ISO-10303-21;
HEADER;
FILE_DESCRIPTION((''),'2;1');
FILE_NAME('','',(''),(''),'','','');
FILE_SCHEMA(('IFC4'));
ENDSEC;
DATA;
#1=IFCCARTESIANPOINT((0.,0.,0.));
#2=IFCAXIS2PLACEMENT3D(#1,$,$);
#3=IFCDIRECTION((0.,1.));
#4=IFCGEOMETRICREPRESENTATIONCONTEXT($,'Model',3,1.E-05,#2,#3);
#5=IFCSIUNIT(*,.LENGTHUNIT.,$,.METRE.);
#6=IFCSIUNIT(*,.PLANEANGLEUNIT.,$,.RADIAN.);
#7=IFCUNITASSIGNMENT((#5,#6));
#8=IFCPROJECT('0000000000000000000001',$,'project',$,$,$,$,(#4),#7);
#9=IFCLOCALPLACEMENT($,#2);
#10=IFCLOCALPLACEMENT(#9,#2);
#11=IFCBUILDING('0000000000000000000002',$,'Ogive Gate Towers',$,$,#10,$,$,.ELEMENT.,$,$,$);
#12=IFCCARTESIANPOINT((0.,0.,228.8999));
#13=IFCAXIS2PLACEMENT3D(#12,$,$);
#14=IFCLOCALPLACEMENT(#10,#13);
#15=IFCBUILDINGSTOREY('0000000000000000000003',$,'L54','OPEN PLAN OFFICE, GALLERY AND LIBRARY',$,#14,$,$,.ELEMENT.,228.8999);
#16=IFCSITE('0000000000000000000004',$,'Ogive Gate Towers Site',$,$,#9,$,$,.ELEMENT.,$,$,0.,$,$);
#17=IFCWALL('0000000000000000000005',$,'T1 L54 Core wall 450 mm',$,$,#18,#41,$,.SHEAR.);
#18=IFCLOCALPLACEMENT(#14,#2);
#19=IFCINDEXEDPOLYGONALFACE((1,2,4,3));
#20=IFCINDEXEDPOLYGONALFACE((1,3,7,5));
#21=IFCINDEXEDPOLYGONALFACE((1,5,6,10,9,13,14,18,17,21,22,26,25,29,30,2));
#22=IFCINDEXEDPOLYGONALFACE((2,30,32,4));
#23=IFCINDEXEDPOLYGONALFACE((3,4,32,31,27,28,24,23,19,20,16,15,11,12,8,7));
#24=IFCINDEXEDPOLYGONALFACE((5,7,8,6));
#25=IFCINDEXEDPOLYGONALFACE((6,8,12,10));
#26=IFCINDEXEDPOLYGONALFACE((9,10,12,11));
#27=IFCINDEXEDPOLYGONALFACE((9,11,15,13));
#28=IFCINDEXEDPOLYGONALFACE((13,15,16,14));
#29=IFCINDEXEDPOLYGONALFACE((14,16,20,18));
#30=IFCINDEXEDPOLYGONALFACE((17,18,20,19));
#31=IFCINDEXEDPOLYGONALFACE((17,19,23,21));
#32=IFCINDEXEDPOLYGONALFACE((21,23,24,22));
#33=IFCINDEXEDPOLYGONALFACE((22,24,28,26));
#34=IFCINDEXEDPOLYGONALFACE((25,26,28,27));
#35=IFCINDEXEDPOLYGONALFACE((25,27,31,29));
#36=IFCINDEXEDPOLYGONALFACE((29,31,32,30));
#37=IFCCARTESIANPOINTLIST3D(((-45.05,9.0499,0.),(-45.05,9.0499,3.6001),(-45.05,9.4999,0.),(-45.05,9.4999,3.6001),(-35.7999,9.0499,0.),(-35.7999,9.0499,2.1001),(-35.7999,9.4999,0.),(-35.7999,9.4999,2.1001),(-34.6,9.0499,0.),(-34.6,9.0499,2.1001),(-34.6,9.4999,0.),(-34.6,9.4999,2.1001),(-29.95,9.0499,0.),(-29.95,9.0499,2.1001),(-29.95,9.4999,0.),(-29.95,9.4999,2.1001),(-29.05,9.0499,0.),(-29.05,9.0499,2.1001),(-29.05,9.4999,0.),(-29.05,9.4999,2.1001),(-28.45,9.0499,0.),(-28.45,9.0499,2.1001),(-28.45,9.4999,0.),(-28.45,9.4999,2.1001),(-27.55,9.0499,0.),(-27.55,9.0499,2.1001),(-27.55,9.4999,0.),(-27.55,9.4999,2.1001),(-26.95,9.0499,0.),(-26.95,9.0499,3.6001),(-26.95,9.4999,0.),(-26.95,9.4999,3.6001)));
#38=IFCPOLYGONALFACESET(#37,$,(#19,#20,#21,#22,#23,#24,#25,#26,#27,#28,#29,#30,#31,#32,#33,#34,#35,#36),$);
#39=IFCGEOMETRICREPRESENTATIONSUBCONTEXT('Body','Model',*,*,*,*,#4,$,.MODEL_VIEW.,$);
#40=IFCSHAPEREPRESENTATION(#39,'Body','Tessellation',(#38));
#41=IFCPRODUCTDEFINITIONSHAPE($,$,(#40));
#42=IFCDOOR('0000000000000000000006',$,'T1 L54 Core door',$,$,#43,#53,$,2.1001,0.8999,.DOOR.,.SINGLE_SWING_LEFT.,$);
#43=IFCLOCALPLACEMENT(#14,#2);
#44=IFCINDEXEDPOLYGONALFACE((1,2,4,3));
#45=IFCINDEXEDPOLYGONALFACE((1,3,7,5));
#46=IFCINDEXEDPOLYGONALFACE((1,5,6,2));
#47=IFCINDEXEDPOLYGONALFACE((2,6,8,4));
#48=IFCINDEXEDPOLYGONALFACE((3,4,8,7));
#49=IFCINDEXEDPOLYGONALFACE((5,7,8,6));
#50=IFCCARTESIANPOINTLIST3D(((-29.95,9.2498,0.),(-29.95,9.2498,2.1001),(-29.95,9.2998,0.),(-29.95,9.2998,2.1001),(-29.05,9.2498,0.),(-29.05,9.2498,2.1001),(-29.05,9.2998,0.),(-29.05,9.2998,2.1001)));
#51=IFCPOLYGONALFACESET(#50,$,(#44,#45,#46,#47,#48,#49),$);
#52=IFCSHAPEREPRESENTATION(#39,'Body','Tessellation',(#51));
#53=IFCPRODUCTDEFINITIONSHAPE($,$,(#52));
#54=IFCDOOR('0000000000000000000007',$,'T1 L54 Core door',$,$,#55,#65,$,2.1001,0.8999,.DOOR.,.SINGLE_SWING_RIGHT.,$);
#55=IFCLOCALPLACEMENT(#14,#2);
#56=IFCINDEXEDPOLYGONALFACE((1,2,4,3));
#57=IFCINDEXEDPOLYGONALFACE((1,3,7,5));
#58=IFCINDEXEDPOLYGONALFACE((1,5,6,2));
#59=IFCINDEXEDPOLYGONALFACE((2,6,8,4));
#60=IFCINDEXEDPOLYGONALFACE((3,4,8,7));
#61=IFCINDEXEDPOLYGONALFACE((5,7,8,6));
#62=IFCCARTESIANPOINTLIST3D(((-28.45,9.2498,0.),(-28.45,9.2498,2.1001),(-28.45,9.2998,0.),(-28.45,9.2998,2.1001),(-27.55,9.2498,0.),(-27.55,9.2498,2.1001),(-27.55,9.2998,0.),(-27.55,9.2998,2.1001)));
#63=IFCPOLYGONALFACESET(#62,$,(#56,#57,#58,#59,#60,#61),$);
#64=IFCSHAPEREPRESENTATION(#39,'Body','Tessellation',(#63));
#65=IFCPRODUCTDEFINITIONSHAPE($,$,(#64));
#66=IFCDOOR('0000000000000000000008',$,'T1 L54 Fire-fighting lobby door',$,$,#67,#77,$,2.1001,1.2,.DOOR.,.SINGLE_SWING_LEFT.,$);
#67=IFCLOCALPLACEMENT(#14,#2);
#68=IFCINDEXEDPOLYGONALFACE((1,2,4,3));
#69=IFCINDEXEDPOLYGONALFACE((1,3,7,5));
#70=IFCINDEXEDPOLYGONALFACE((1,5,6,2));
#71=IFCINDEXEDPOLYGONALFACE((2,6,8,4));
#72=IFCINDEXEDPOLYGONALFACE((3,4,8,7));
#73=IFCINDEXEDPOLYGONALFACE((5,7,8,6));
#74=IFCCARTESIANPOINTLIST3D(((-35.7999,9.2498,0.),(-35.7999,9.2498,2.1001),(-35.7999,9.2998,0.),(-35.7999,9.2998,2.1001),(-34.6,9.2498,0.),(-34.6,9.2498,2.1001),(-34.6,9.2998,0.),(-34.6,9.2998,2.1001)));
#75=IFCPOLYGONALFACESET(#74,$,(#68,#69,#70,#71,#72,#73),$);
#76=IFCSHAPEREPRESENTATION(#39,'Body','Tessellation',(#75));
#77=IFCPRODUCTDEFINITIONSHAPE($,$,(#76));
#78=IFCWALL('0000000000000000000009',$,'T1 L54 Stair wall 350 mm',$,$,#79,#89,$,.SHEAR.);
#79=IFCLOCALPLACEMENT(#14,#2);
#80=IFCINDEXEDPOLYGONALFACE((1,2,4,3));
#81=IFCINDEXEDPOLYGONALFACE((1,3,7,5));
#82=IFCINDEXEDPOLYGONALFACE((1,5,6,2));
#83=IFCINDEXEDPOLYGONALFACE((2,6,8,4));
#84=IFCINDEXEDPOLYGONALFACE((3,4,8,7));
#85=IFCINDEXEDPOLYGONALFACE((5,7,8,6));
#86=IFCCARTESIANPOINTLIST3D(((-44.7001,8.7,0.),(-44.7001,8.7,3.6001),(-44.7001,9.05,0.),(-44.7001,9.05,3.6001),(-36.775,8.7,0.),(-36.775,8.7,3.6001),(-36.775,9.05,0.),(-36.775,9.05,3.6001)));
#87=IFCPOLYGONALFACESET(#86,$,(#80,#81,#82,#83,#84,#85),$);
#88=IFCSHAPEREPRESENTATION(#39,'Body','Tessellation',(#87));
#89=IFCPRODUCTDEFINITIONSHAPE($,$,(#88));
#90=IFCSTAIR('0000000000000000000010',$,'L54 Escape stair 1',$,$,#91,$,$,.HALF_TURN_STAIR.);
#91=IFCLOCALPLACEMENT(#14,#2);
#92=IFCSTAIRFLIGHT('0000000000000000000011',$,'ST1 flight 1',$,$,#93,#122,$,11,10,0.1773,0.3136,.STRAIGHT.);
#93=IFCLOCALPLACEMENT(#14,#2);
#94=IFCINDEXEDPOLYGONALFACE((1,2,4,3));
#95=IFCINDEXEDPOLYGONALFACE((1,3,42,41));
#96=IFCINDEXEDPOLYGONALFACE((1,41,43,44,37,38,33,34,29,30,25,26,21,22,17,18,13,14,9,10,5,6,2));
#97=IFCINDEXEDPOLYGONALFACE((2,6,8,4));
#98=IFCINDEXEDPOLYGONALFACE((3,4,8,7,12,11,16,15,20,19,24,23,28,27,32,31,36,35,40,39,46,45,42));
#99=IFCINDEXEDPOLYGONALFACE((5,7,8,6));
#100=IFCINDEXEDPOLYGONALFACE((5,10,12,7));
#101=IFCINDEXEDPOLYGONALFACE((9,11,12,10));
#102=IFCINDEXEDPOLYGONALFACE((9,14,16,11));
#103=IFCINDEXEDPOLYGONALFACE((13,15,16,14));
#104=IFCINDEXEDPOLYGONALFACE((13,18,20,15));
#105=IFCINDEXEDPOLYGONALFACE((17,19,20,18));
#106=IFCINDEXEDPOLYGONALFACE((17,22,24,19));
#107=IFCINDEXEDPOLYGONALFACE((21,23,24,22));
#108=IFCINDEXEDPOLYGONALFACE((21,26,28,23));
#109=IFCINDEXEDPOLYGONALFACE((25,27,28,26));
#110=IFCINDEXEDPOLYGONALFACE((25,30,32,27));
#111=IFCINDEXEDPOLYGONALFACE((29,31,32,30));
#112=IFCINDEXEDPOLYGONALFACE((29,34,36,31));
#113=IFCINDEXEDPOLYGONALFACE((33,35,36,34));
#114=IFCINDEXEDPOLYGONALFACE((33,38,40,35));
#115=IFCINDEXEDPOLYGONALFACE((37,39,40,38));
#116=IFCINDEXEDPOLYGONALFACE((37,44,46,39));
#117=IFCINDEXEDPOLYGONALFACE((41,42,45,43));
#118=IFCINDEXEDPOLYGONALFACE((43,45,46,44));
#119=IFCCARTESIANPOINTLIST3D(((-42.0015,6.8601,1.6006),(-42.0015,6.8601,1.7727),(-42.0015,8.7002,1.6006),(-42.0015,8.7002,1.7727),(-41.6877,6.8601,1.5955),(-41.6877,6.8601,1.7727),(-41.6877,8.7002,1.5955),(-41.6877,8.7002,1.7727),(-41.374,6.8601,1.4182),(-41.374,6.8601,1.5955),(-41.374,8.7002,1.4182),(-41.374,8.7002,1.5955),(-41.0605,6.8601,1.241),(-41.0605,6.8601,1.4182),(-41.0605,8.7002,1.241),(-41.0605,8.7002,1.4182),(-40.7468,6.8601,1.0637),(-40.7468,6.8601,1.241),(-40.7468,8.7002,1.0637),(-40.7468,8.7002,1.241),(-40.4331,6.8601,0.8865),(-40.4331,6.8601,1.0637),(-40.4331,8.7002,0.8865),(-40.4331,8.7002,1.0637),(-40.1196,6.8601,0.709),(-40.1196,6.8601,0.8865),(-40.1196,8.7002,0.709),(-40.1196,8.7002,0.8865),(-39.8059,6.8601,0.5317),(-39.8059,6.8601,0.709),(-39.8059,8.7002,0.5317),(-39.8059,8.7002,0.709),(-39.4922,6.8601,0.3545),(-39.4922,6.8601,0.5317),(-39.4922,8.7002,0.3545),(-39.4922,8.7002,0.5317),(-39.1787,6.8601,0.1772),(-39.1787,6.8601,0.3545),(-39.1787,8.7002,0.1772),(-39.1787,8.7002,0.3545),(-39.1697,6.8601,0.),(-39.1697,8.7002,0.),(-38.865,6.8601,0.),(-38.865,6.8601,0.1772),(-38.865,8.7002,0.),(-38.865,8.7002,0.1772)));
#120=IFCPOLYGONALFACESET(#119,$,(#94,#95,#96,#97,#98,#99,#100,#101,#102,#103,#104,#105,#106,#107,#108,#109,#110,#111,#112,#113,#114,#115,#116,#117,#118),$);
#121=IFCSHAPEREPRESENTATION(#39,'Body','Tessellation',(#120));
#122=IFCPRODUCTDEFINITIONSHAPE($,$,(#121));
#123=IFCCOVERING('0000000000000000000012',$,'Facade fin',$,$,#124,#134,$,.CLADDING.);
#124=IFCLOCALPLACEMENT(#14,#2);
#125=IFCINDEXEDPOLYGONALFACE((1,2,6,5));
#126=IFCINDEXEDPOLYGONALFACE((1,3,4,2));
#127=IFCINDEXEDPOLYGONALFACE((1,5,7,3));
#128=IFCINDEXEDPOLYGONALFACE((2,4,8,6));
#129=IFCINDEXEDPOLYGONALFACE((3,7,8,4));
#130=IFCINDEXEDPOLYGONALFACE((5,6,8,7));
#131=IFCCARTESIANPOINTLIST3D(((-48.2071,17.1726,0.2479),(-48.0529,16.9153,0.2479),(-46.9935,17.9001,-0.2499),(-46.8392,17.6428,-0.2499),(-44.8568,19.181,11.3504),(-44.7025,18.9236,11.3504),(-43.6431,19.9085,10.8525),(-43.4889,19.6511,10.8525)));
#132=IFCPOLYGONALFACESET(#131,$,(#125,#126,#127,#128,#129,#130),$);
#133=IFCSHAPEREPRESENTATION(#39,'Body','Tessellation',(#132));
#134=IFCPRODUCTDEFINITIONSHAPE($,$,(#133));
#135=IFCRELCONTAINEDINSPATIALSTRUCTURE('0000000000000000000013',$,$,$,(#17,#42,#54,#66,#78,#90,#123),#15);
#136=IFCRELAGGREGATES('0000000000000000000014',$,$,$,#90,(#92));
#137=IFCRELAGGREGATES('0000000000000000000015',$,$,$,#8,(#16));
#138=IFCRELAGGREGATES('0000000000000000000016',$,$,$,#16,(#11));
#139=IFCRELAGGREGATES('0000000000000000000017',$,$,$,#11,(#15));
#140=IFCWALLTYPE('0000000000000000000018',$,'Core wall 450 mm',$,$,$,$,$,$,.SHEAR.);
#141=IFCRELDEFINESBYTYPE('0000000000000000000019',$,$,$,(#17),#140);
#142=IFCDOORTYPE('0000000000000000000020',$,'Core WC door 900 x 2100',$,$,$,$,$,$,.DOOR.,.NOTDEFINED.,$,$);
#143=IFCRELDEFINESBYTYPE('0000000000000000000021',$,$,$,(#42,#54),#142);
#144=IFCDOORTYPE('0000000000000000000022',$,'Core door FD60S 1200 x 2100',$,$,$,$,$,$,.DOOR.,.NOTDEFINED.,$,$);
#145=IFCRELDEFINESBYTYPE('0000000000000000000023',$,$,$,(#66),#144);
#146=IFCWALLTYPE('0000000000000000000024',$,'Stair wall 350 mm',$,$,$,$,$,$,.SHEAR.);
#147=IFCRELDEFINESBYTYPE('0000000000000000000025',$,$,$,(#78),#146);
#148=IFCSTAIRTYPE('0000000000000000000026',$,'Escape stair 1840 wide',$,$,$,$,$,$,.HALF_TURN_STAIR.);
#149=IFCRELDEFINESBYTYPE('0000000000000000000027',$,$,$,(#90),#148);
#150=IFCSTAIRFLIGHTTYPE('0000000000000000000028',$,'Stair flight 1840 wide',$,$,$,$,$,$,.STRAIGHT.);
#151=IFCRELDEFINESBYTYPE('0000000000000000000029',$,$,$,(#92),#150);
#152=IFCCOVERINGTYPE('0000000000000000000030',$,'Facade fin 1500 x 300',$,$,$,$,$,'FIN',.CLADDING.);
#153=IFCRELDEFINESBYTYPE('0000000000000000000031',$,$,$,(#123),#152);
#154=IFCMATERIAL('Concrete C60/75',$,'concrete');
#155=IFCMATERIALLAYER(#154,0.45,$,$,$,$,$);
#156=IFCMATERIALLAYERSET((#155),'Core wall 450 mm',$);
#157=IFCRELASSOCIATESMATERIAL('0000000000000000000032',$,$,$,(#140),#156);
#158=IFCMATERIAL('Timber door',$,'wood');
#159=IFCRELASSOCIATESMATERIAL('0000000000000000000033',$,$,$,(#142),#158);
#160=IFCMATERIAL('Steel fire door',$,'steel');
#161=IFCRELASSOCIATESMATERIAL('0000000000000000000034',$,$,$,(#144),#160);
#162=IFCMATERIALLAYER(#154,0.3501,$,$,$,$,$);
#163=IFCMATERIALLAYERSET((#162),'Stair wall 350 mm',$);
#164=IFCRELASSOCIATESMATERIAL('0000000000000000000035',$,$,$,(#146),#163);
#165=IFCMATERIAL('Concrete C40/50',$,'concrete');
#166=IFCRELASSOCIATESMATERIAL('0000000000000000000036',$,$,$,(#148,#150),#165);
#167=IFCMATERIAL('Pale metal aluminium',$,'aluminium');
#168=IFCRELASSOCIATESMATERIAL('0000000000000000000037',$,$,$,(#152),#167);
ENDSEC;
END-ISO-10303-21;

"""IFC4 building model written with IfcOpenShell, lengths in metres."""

from ifc_helpers import new_model, si_unit, direction, frame, frame_2d, origin, origin_2d, place, context, subcontext, project, spatial, polyline, rectangle, outline, extrude, material, layer, layer_set, material_profile, profile_set, type_object, element, fill, aggregate, save


model = new_model("IFC4")

# Units and contexts
model_context = context("Model", 3, precision=1e-05, world=origin(), true_north=direction((0.0, 1.0)))
body_context = subcontext(model_context, "Body", "Model", "MODEL_VIEW")
ifc_project = project(units=[si_unit("LENGTHUNIT", "METRE"), si_unit("PLANEANGLEUNIT", "RADIAN")], contexts=[model_context])

# Site, building, storey
site_placement = place(None, origin())
site = spatial("IfcSite", under=ifc_project, at=site_placement, Name="Ogive Gate Towers Site", CompositionType="ELEMENT", RefElevation=0.0)
building_placement = place(site_placement, origin())
building = spatial("IfcBuilding", under=site, at=building_placement, Name="Ogive Gate Towers", CompositionType="ELEMENT")
storey_placement = place(building_placement, frame((0.0, 0.0, 228.8999)))
storey = spatial("IfcBuildingStorey", under=building, at=storey_placement, Name="L54", Description="OPEN PLAN OFFICE, GALLERY AND LIBRARY", CompositionType="ELEMENT", Elevation=228.8999)

# Shared definitions
ifc_material_1 = material(Name="Pale metal aluminium", Category="aluminium")

# Wall, openings, doors
ifc_material_2 = material(Name="Concrete C60/75", Category="concrete")
ifc_layer_1 = layer(ifc_material_2, 0.45)
ifc_layer_set_1 = layer_set([ifc_layer_1], Name="Core wall 450 mm")
wall_type_1 = type_object("IfcWallType", Name="Core wall 450 mm", PredefinedType="SHEAR", material=ifc_layer_set_1)
wall_1_placement = place(storey_placement, frame((-45.05, 9.2749, 0.0), z_axis=(0.0, 0.0, 1.0), x_axis=(1.0, 0.0, 0.0)))
wall_1 = element("IfcWall", 1, at=wall_1_placement, inside=storey, type_object=wall_type_1, Name="T1 L54 Core wall 450 mm", PredefinedType="SHEAR", context=body_context, shape_type="SweptSolid", body=[
    extrude(rectangle(XDim=18.1001, YDim=0.45, at=frame_2d((9.05, 0.0))), origin(), (0.0, 0.0, 1.0), 3.6001),
])
opening_1_placement = place(wall_1_placement, frame((9.25, 0.0, 0.0)))
opening_1 = element("IfcOpeningElement", 2, at=opening_1_placement, cuts=wall_1, PredefinedType="OPENING", context=body_context, shape_type="SweptSolid", body=[
    extrude(rectangle(XDim=1.2, YDim=2.1001, at=frame_2d((0.6001, 1.05))), frame((0.0, 0.2349, 0.0), z_axis=(0.0, -1.0, 0.0), x_axis=(1.0, 0.0, 0.0)), (0.0, 0.0, 1.0), 0.47),
])
opening_2_placement = place(wall_1_placement, frame((15.1001, 0.0, 0.0)))
opening_2 = element("IfcOpeningElement", 3, at=opening_2_placement, cuts=wall_1, PredefinedType="OPENING", context=body_context, shape_type="SweptSolid", body=[
    extrude(rectangle(XDim=0.8999, YDim=2.1001, at=frame_2d((0.45, 1.05))), frame((0.0, 0.2349, 0.0), z_axis=(0.0, -1.0, 0.0), x_axis=(1.0, 0.0, 0.0)), (0.0, 0.0, 1.0), 0.47),
])
opening_3_placement = place(wall_1_placement, frame((16.6001, 0.0, 0.0)))
opening_3 = element("IfcOpeningElement", 4, at=opening_3_placement, cuts=wall_1, PredefinedType="OPENING", context=body_context, shape_type="SweptSolid", body=[
    extrude(rectangle(XDim=0.8999, YDim=2.1001, at=frame_2d((0.45, 1.05))), frame((0.0, 0.2349, 0.0), z_axis=(0.0, -1.0, 0.0), x_axis=(1.0, 0.0, 0.0)), (0.0, 0.0, 1.0), 0.47),
])
ifc_material_3 = material(Name="Timber door", Category="wood")
door_type_1 = type_object("IfcDoorType", Name="Core WC door 900 x 2100", OperationType="NOTDEFINED", PredefinedType="DOOR", material=ifc_material_3)
door_1_placement = place(opening_2_placement, origin())
door_1 = element("IfcDoor", 5, at=door_1_placement, inside=storey, type_object=door_type_1, Name="T1 L54 Core door", OperationType="SINGLE_SWING_LEFT", OverallHeight=2.1001, OverallWidth=0.8999, PredefinedType="DOOR", context=body_context, shape_type="SweptSolid", body=[
    extrude(rectangle(XDim=0.8999, YDim=2.1001, at=frame_2d((0.45, 1.05))), frame((0.0, 0.0249, 0.0), z_axis=(0.0, -1.0, 0.0), x_axis=(1.0, 0.0, 0.0)), (0.0, 0.0, 1.0), 0.05),
])
fill(opening_2, door_1)
door_2_placement = place(opening_3_placement, origin())
door_2 = element("IfcDoor", 6, at=door_2_placement, inside=storey, type_object=door_type_1, Name="T1 L54 Core door", OperationType="SINGLE_SWING_RIGHT", OverallHeight=2.1001, OverallWidth=0.8999, PredefinedType="DOOR", context=body_context, shape_type="SweptSolid", body=[
    extrude(rectangle(XDim=0.8999, YDim=2.1001, at=frame_2d((0.45, 1.05))), frame((0.0, 0.0249, 0.0), z_axis=(0.0, -1.0, 0.0), x_axis=(1.0, 0.0, 0.0)), (0.0, 0.0, 1.0), 0.05),
])
fill(opening_3, door_2)
ifc_material_4 = material(Name="Steel fire door", Category="steel")
door_type_2 = type_object("IfcDoorType", Name="Core door FD60S 1200 x 2100", OperationType="NOTDEFINED", PredefinedType="DOOR", material=ifc_material_4)
door_3_placement = place(opening_1_placement, origin())
door_3 = element("IfcDoor", 7, at=door_3_placement, inside=storey, type_object=door_type_2, Name="T1 L54 Fire-fighting lobby door", OperationType="SINGLE_SWING_LEFT", OverallHeight=2.1001, OverallWidth=1.2, PredefinedType="DOOR", context=body_context, shape_type="SweptSolid", body=[
    extrude(rectangle(XDim=1.2, YDim=2.1001, at=frame_2d((0.6001, 1.05))), frame((0.0, 0.0249, 0.0), z_axis=(0.0, -1.0, 0.0), x_axis=(1.0, 0.0, 0.0)), (0.0, 0.0, 1.0), 0.05),
])
fill(opening_1, door_3)

# Wall
ifc_layer_2 = layer(ifc_material_2, 0.3501)
ifc_layer_set_2 = layer_set([ifc_layer_2], Name="Stair wall 350 mm")
wall_type_2 = type_object("IfcWallType", Name="Stair wall 350 mm", PredefinedType="SHEAR", material=ifc_layer_set_2)
wall_2_placement = place(storey_placement, frame((-44.7, 8.875, 0.0), z_axis=(0.0, 0.0, 1.0), x_axis=(1.0, 0.0, 0.0)))
element("IfcWall", 8, at=wall_2_placement, inside=storey, type_object=wall_type_2, Name="T1 L54 Stair wall 350 mm", PredefinedType="SHEAR", context=body_context, shape_type="SweptSolid", body=[
    extrude(rectangle(XDim=7.925, YDim=0.3501, at=frame_2d((3.9624, 0.0))), origin(), (0.0, 0.0, 1.0), 3.6001),
])

# Stair, stair flight
ifc_material_5 = material(Name="Concrete C40/50", Category="concrete")
stair_type = type_object("IfcStairType", Name="Escape stair 1840 wide", PredefinedType="HALF_TURN_STAIR", material=ifc_material_5)
stair_placement = place(storey_placement, origin())
stair = element("IfcStair", 9, at=stair_placement, inside=storey, type_object=stair_type, Name="L54 Escape stair 1", PredefinedType="HALF_TURN_STAIR")
stair_flight_type = type_object("IfcStairFlightType", Name="Stair flight 1840 wide", PredefinedType="STRAIGHT", material=ifc_material_5)
stair_flight_placement = place(storey_placement, frame((-38.865, 7.78, 0.0), z_axis=(0.0, 0.0, 1.0), x_axis=(-1.0, 0.0, 0.0)))
stair_flight = element("IfcStairFlight", 10, at=stair_flight_placement, type_object=stair_flight_type, Name="ST1 flight 1", NumberOfRisers=11, NumberOfTreads=10, PredefinedType="STRAIGHT", RiserHeight=0.1773, TreadLength=0.3136, context=body_context, shape_type="SweptSolid", body=[
    extrude(outline(polyline([(0.0, 0.0), (0.0, 0.1772), (0.3137, 0.1772), (0.3137, 0.3545), (0.6272, 0.3545), (0.6272, 0.5317), (0.9409, 0.5317), (0.9409, 0.709), (1.2546, 0.709), (1.2546, 0.8865), (1.5681, 0.8865), (1.5681, 1.0637), (1.8818, 1.0637), (1.8818, 1.241), (2.1956, 1.241), (2.1956, 1.4182), (2.509, 1.4182), (2.509, 1.5955), (2.8228, 1.5955), (2.8228, 1.7727), (3.1365, 1.7727), (3.1365, 1.95), (3.1365, 1.6006), (0.3047, 0.0), (0.0, 0.0)])), frame((0.0, 0.9199, 0.0), z_axis=(0.0, -1.0, 0.0), x_axis=(1.0, 0.0, 0.0)), (0.0, 0.0, 1.0), 1.8401),
])
aggregate(stair, [stair_flight])

# Covering
ifc_material_profile_1 = material_profile(ifc_material_1, rectangle(XDim=0.3, YDim=1.5, at=origin_2d()), Name="1500 x 300 pale metal aluminium")
ifc_profile_set_1 = profile_set([ifc_material_profile_1], Name="Pale metal aluminium")
covering_type = type_object("IfcCoveringType", Name="Facade fin 1500 x 300", ElementType="FIN", PredefinedType="CLADDING", material=ifc_profile_set_1)
covering_placement = place(storey_placement, frame((-47.5232, 17.4077, -0.001), z_axis=(0.284665, 0.170637, 0.943318), x_axis=(-0.514137, 0.857708, 0.0)))
element("IfcCovering", 11, at=covering_placement, inside=storey, type_object=covering_type, Name="Facade fin", PredefinedType="CLADDING", context=body_context, shape_type="SweptSolid", body=[
    extrude(rectangle(XDim=0.3, YDim=1.5, at=origin_2d()), origin(), (0.0, 0.0, 1.0), 11.7695),
])

save(model, "model.ifc")
